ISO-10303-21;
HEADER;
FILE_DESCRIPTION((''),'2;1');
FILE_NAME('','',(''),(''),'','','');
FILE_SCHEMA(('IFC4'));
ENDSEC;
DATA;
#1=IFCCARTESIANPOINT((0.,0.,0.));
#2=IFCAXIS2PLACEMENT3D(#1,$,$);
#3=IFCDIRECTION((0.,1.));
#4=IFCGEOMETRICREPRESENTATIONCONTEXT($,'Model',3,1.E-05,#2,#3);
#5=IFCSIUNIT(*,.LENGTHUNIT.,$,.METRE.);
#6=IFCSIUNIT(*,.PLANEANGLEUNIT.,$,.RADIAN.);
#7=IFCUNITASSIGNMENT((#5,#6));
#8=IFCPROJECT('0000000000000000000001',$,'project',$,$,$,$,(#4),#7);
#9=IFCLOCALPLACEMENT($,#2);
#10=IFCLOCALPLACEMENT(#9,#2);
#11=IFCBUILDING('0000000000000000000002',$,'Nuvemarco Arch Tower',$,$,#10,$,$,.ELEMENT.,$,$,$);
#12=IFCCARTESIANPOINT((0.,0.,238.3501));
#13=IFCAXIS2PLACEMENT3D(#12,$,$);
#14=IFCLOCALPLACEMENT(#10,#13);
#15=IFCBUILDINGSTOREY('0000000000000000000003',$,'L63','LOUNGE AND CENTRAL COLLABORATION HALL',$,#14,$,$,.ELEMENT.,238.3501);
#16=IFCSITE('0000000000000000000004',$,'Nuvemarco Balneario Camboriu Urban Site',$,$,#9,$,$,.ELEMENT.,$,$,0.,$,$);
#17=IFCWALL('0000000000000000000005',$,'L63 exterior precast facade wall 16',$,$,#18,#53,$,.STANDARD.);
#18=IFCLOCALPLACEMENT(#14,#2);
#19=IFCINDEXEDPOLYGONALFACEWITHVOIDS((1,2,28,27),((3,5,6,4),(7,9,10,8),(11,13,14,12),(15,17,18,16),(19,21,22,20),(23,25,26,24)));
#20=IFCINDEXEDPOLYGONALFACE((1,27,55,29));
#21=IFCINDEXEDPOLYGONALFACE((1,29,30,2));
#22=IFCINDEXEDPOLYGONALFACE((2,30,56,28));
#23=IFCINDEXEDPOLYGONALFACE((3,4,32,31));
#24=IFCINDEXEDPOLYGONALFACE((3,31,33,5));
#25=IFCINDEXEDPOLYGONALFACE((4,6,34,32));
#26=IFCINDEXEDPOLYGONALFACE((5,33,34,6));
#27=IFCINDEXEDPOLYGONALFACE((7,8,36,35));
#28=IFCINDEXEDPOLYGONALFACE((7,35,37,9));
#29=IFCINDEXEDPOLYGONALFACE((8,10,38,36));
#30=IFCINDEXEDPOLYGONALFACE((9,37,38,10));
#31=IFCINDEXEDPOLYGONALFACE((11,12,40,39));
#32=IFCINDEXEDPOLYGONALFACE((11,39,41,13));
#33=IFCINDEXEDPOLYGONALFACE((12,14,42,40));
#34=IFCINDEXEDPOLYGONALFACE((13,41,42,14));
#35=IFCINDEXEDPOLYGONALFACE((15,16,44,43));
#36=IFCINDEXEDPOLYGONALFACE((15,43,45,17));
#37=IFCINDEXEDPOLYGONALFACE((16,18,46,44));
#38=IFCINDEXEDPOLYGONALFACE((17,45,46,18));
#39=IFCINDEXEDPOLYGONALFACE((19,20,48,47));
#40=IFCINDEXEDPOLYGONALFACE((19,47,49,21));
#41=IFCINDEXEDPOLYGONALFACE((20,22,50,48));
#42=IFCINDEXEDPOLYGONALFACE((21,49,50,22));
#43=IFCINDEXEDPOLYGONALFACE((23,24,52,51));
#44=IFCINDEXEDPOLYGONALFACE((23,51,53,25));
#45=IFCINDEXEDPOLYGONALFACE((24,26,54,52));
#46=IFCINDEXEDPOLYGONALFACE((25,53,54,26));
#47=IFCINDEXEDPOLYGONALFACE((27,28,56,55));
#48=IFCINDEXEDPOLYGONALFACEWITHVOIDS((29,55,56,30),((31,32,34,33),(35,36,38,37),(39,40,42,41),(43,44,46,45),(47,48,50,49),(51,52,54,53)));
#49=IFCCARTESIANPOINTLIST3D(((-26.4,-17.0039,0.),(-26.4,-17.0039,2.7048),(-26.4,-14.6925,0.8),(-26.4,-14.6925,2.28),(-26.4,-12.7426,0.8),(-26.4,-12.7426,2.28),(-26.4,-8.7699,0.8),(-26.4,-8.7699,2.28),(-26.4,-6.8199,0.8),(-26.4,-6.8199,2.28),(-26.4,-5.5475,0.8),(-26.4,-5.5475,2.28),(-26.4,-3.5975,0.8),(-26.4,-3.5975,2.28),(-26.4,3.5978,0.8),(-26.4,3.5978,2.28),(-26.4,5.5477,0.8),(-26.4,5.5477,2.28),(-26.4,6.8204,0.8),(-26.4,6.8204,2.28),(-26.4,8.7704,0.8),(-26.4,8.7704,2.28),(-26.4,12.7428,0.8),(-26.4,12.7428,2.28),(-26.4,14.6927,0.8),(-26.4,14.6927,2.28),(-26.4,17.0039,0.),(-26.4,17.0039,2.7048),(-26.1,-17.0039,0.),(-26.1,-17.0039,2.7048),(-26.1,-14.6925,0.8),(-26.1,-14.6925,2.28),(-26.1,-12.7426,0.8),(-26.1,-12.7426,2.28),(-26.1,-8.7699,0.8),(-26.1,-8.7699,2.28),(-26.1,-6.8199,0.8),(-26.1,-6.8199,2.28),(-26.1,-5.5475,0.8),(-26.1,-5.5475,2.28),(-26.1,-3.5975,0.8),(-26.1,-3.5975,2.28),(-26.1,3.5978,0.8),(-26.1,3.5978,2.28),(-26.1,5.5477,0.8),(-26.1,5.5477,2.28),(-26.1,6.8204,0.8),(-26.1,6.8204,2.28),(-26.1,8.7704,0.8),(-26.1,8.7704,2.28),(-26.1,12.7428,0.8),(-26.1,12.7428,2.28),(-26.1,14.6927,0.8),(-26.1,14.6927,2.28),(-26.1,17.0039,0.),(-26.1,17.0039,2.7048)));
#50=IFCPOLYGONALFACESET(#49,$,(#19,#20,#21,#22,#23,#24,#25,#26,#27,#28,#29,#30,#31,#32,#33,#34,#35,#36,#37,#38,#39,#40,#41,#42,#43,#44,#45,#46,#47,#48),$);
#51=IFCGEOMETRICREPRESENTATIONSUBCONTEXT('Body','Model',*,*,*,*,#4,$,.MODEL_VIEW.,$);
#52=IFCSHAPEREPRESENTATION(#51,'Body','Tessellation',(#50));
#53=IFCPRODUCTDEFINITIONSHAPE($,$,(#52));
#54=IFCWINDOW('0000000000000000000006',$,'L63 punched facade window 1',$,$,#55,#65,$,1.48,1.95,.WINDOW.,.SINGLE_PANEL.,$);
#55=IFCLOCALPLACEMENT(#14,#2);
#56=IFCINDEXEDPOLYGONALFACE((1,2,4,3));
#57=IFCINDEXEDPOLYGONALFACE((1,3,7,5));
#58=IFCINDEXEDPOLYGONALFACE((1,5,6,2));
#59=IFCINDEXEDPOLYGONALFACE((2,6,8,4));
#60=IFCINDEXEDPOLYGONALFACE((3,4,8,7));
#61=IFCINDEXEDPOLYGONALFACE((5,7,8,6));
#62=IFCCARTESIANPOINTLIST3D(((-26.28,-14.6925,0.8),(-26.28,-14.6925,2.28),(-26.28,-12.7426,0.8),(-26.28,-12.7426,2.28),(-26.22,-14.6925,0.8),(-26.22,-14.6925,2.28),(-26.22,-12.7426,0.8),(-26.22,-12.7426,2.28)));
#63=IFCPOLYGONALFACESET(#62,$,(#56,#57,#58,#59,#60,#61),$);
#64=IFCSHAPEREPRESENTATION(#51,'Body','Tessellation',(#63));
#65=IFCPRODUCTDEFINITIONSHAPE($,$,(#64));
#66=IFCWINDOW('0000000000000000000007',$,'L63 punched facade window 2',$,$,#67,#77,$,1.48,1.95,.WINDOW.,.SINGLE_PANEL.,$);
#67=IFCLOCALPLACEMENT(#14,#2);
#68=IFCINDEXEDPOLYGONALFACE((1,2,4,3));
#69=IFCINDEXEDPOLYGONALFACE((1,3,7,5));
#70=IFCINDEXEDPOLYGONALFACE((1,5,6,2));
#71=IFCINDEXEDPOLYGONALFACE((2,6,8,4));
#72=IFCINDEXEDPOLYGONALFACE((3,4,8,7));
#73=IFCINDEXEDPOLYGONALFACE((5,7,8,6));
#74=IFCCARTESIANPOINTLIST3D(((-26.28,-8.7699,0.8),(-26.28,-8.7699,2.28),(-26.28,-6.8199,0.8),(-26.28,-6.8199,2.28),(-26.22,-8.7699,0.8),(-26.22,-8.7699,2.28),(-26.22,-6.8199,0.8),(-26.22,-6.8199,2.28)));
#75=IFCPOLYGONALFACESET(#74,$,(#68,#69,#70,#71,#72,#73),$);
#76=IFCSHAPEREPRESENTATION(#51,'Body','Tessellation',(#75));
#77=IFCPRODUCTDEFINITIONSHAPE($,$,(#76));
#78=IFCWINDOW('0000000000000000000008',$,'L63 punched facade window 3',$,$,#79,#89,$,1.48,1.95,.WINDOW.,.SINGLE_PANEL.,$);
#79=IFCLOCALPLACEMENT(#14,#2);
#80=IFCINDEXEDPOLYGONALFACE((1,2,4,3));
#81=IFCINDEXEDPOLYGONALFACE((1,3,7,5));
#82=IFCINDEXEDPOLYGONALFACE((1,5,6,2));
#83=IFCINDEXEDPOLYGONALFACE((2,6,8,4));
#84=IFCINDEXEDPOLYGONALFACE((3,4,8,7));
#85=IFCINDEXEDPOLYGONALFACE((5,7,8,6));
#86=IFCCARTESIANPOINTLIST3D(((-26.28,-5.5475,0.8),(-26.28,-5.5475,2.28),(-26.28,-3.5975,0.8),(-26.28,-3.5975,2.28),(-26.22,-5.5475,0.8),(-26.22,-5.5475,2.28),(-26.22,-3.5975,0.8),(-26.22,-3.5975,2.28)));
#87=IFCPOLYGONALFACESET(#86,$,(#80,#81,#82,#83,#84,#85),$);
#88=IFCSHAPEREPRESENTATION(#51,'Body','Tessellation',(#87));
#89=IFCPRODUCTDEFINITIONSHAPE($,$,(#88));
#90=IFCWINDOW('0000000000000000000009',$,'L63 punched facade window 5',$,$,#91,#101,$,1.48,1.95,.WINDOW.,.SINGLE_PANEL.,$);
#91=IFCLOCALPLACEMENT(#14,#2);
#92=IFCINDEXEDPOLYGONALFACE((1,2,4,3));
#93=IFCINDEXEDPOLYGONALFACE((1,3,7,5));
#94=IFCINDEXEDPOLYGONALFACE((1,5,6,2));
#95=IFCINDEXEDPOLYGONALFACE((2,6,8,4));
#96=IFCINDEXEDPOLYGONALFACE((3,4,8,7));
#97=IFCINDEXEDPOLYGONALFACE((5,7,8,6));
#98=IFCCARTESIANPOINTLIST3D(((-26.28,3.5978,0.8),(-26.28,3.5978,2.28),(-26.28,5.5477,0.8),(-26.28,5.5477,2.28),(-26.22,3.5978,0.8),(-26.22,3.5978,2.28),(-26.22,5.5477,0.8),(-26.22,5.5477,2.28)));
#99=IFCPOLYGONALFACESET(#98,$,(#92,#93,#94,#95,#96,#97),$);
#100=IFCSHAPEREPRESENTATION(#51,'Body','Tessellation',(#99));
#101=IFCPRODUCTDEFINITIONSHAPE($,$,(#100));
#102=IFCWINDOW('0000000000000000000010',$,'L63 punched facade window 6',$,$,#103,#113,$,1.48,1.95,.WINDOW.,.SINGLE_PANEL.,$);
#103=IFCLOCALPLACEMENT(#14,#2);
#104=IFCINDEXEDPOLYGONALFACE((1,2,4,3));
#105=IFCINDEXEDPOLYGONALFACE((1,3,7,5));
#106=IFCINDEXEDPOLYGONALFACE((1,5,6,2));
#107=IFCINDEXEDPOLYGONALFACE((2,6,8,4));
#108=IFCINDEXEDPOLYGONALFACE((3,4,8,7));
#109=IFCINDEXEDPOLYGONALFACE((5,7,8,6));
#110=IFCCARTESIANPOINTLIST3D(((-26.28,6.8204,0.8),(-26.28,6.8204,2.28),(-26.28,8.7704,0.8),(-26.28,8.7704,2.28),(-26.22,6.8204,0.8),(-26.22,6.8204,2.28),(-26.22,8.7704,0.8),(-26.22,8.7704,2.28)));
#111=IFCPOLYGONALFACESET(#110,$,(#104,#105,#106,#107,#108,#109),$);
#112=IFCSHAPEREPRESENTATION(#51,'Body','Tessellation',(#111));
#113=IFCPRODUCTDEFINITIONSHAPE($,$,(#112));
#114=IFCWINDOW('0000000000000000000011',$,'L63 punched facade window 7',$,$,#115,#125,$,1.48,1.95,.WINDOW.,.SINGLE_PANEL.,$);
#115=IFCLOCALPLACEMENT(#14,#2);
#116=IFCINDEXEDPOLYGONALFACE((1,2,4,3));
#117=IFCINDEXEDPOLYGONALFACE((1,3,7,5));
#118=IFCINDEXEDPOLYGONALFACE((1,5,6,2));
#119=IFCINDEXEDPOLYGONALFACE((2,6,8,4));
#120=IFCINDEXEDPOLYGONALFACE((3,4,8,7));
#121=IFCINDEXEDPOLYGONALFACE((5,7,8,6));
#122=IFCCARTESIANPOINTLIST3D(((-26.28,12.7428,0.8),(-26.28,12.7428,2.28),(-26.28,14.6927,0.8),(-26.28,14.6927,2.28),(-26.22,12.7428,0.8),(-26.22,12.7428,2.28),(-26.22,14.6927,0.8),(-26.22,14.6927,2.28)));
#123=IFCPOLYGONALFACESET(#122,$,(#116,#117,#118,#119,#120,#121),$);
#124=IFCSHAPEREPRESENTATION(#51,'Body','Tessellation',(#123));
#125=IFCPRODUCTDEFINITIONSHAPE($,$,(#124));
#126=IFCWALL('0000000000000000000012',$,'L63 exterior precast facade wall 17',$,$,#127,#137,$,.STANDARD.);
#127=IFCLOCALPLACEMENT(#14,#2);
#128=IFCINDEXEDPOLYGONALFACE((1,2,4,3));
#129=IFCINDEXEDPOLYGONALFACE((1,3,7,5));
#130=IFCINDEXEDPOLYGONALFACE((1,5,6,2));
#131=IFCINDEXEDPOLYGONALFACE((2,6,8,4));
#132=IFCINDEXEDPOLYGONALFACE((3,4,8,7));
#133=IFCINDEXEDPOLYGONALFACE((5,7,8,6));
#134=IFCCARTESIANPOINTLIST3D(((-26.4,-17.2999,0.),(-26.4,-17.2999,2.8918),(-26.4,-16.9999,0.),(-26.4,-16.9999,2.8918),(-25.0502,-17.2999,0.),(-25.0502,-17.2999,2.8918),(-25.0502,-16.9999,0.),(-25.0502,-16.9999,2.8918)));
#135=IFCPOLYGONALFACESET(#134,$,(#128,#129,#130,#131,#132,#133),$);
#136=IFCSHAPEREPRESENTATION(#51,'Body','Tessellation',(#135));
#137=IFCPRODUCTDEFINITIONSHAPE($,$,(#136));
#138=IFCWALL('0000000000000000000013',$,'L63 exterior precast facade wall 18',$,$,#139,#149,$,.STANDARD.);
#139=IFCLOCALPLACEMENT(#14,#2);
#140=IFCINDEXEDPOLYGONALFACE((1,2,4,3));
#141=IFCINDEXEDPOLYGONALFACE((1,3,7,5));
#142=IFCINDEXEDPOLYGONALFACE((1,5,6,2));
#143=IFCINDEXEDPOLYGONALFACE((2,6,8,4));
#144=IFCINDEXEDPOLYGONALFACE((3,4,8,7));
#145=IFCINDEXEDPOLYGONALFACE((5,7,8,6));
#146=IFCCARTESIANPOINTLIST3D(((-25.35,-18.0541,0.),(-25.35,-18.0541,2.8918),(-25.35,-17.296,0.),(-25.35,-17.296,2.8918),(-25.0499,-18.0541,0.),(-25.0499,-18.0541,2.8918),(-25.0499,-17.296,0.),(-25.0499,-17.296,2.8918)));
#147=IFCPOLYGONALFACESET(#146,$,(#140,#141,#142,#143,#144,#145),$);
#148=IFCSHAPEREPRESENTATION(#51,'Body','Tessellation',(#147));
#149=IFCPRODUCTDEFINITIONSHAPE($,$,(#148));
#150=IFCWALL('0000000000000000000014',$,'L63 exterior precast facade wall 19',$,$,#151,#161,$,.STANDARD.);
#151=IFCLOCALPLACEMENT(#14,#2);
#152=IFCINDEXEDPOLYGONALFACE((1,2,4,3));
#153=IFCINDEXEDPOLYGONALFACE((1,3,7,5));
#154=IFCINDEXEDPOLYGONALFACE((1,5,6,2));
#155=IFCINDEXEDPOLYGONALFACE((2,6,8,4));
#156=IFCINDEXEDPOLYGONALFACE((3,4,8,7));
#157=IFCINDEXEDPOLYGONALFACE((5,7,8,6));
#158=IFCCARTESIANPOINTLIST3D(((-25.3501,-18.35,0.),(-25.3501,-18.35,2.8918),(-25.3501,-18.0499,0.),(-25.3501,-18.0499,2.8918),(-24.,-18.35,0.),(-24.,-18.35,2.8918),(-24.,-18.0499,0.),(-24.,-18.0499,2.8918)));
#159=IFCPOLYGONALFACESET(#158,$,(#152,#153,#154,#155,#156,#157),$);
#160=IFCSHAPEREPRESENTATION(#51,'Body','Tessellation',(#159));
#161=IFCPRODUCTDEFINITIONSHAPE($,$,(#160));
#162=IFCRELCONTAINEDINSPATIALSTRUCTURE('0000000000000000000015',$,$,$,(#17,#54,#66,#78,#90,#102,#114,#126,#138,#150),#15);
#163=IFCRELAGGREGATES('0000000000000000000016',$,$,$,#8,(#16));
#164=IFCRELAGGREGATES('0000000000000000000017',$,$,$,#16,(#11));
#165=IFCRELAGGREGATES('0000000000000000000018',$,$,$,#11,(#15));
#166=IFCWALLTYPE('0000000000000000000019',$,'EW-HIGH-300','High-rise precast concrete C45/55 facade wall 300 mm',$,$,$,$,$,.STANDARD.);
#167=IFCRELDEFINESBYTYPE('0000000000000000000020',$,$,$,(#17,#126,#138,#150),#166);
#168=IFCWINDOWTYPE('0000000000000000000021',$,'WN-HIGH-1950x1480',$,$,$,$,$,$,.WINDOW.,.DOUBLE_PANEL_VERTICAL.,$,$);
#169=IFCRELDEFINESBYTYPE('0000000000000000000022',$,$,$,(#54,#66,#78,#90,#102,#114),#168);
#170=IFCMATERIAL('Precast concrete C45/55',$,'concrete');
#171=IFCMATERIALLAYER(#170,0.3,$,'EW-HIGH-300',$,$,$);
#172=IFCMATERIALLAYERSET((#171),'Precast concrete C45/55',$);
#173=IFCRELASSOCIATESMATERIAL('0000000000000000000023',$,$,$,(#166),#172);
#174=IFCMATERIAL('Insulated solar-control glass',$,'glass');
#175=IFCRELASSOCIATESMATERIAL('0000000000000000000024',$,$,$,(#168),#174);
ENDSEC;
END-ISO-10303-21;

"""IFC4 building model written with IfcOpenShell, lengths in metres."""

from ifc_helpers import new_model, si_unit, direction, frame, frame_2d, origin, place, context, subcontext, project, spatial, rectangle, extrude, source, transform, mapped, material, layer, layer_set, type_object, type_shapes, element, fill, save


model = new_model("IFC4")

# Units and contexts
model_context = context("Model", 3, precision=1e-05, world=origin(), true_north=direction((0.0, 1.0)))
body_context = subcontext(model_context, "Body", "Model", "MODEL_VIEW")
ifc_project = project(units=[si_unit("LENGTHUNIT", "METRE"), si_unit("PLANEANGLEUNIT", "RADIAN")], contexts=[model_context])

# Site, building, storey
site_placement = place(None, origin())
site = spatial("IfcSite", under=ifc_project, at=site_placement, Name="Nuvemarco Balneario Camboriu Urban Site", CompositionType="ELEMENT", RefElevation=0.0)
building_placement = place(site_placement, origin())
building = spatial("IfcBuilding", under=site, at=building_placement, Name="Nuvemarco Arch Tower", CompositionType="ELEMENT")
storey_placement = place(building_placement, frame((0.0, 0.0, 238.3501)))
storey = spatial("IfcBuildingStorey", under=building, at=storey_placement, Name="L63", Description="LOUNGE AND CENTRAL COLLABORATION HALL", CompositionType="ELEMENT", Elevation=238.3501)

# Shared definitions
ifc_material_1 = material(Name="Precast concrete C45/55", Category="concrete")

# Wall, openings, windows
ifc_layer = layer(ifc_material_1, 0.3, Name="EW-HIGH-300")
ifc_layer_set = layer_set([ifc_layer], Name="Precast concrete C45/55")
wall_type = type_object("IfcWallType", Name="EW-HIGH-300", Description="High-rise precast concrete C45/55 facade wall 300 mm", PredefinedType="STANDARD", material=ifc_layer_set)
wall_1_placement = place(storey_placement, frame((-26.25, -17.0039, 0.0), z_axis=(0.0, 0.0, 1.0), x_axis=(0.0, 1.0, 0.0)))
wall_1 = element("IfcWall", 1, at=wall_1_placement, inside=storey, type_object=wall_type, Name="L63 exterior precast facade wall 16", PredefinedType="STANDARD", context=body_context, shape_type="SweptSolid", body=[
    extrude(rectangle(XDim=34.0078, YDim=0.3, at=frame_2d((17.0039, 0.0))), origin(), (0.0, 0.0, 1.0), 2.7048),
])
opening_1_placement = place(wall_1_placement, frame((2.3113, 0.0, 0.8)))
opening_1 = element("IfcOpeningElement", 2, at=opening_1_placement, cuts=wall_1, PredefinedType="OPENING", context=body_context, shape_type="SweptSolid", body=[
    extrude(rectangle(XDim=1.95, YDim=1.48, at=frame_2d((0.9751, 0.74))), frame((0.0, 0.1599, 0.0), z_axis=(0.0, -1.0, 0.0), x_axis=(1.0, 0.0, 0.0)), (0.0, 0.0, 1.0), 0.3201),
])
opening_2_placement = place(wall_1_placement, frame((8.2339, 0.0, 0.8)))
opening_2 = element("IfcOpeningElement", 3, at=opening_2_placement, cuts=wall_1, PredefinedType="OPENING", context=body_context, shape_type="SweptSolid", body=[
    extrude(rectangle(XDim=1.95, YDim=1.48, at=frame_2d((0.9751, 0.74))), frame((0.0, 0.1599, 0.0), z_axis=(0.0, -1.0, 0.0), x_axis=(1.0, 0.0, 0.0)), (0.0, 0.0, 1.0), 0.3201),
])
opening_3_placement = place(wall_1_placement, frame((11.4563, 0.0, 0.8)))
opening_3 = element("IfcOpeningElement", 4, at=opening_3_placement, cuts=wall_1, PredefinedType="OPENING", context=body_context, shape_type="SweptSolid", body=[
    extrude(rectangle(XDim=1.95, YDim=1.48, at=frame_2d((0.9751, 0.74))), frame((0.0, 0.1599, 0.0), z_axis=(0.0, -1.0, 0.0), x_axis=(1.0, 0.0, 0.0)), (0.0, 0.0, 1.0), 0.3201),
])
opening_4_placement = place(wall_1_placement, frame((20.6016, 0.0, 0.8)))
opening_4 = element("IfcOpeningElement", 5, at=opening_4_placement, cuts=wall_1, PredefinedType="OPENING", context=body_context, shape_type="SweptSolid", body=[
    extrude(rectangle(XDim=1.95, YDim=1.48, at=frame_2d((0.9751, 0.74))), frame((0.0, 0.1599, 0.0), z_axis=(0.0, -1.0, 0.0), x_axis=(1.0, 0.0, 0.0)), (0.0, 0.0, 1.0), 0.3201),
])
opening_5_placement = place(wall_1_placement, frame((23.8242, 0.0, 0.8)))
opening_5 = element("IfcOpeningElement", 6, at=opening_5_placement, cuts=wall_1, PredefinedType="OPENING", context=body_context, shape_type="SweptSolid", body=[
    extrude(rectangle(XDim=1.95, YDim=1.48, at=frame_2d((0.9751, 0.74))), frame((0.0, 0.1599, 0.0), z_axis=(0.0, -1.0, 0.0), x_axis=(1.0, 0.0, 0.0)), (0.0, 0.0, 1.0), 0.3201),
])
opening_6_placement = place(wall_1_placement, frame((29.7466, 0.0, 0.8)))
opening_6 = element("IfcOpeningElement", 7, at=opening_6_placement, cuts=wall_1, PredefinedType="OPENING", context=body_context, shape_type="SweptSolid", body=[
    extrude(rectangle(XDim=1.95, YDim=1.48, at=frame_2d((0.9751, 0.74))), frame((0.0, 0.1599, 0.0), z_axis=(0.0, -1.0, 0.0), x_axis=(1.0, 0.0, 0.0)), (0.0, 0.0, 1.0), 0.3201),
])
ifc_material_2 = material(Name="Insulated solar-control glass", Category="glass")
window_type = type_object("IfcWindowType", Name="WN-HIGH-1950x1480", PartitioningType="DOUBLE_PANEL_VERTICAL", PredefinedType="WINDOW", material=ifc_material_2)
shared_shape_1 = source(origin(), body_context, "Body", "SweptSolid", [
    extrude(rectangle(XDim=1.95, YDim=1.48, at=frame_2d((0.9751, 0.74))), frame((0.0, 0.03, 0.0), z_axis=(0.0, -1.0, 0.0), x_axis=(1.0, 0.0, 0.0)), (0.0, 0.0, 1.0), 0.0601),
])
type_shapes(window_type, [shared_shape_1])
window_1_placement = place(opening_1_placement, origin())
window_1 = element("IfcWindow", 8, at=window_1_placement, inside=storey, type_object=window_type, Name="L63 punched facade window 1", OverallHeight=1.48, OverallWidth=1.95, PartitioningType="SINGLE_PANEL", PredefinedType="WINDOW", context=body_context, shape_type="MappedRepresentation", body=[
    mapped(shared_shape_1, transform((0.0, 0.0, 0.0), scale=1.0)),
])
fill(opening_1, window_1)
window_2_placement = place(opening_2_placement, origin())
window_2 = element("IfcWindow", 9, at=window_2_placement, inside=storey, type_object=window_type, Name="L63 punched facade window 2", OverallHeight=1.48, OverallWidth=1.95, PartitioningType="SINGLE_PANEL", PredefinedType="WINDOW", context=body_context, shape_type="MappedRepresentation", body=[
    mapped(shared_shape_1, transform((0.0, 0.0, 0.0), scale=1.0)),
])
fill(opening_2, window_2)
window_3_placement = place(opening_3_placement, origin())
window_3 = element("IfcWindow", 10, at=window_3_placement, inside=storey, type_object=window_type, Name="L63 punched facade window 3", OverallHeight=1.48, OverallWidth=1.95, PartitioningType="SINGLE_PANEL", PredefinedType="WINDOW", context=body_context, shape_type="MappedRepresentation", body=[
    mapped(shared_shape_1, transform((0.0, 0.0, 0.0), scale=1.0)),
])
fill(opening_3, window_3)
window_4_placement = place(opening_4_placement, origin())
window_4 = element("IfcWindow", 11, at=window_4_placement, inside=storey, type_object=window_type, Name="L63 punched facade window 5", OverallHeight=1.48, OverallWidth=1.95, PartitioningType="SINGLE_PANEL", PredefinedType="WINDOW", context=body_context, shape_type="MappedRepresentation", body=[
    mapped(shared_shape_1, transform((0.0, 0.0, 0.0), scale=1.0)),
])
fill(opening_4, window_4)
window_5_placement = place(opening_5_placement, origin())
window_5 = element("IfcWindow", 12, at=window_5_placement, inside=storey, type_object=window_type, Name="L63 punched facade window 6", OverallHeight=1.48, OverallWidth=1.95, PartitioningType="SINGLE_PANEL", PredefinedType="WINDOW", context=body_context, shape_type="MappedRepresentation", body=[
    mapped(shared_shape_1, transform((0.0, 0.0, 0.0), scale=1.0)),
])
fill(opening_5, window_5)
window_6_placement = place(opening_6_placement, origin())
window_6 = element("IfcWindow", 13, at=window_6_placement, inside=storey, type_object=window_type, Name="L63 punched facade window 7", OverallHeight=1.48, OverallWidth=1.95, PartitioningType="SINGLE_PANEL", PredefinedType="WINDOW", context=body_context, shape_type="MappedRepresentation", body=[
    mapped(shared_shape_1, transform((0.0, 0.0, 0.0), scale=1.0)),
])
fill(opening_6, window_6)

# Walls
wall_2_placement = place(storey_placement, frame((-26.3999, -17.1499, 0.0), z_axis=(0.0, 0.0, 1.0), x_axis=(1.0, 0.0, 0.0)))
element("IfcWall", 14, at=wall_2_placement, inside=storey, type_object=wall_type, Name="L63 exterior precast facade wall 17", PredefinedType="STANDARD", context=body_context, shape_type="SweptSolid", body=[
    extrude(rectangle(XDim=1.3499, YDim=0.3, at=frame_2d((0.6748, 0.0))), origin(), (0.0, 0.0, 1.0), 2.8918),
])
wall_3_placement = place(storey_placement, frame((-25.2, -18.054, 0.0), z_axis=(0.0, 0.0, 1.0), x_axis=(0.0, 1.0, 0.0)))
element("IfcWall", 15, at=wall_3_placement, inside=storey, type_object=wall_type, Name="L63 exterior precast facade wall 18", PredefinedType="STANDARD", context=body_context, shape_type="SweptSolid", body=[
    extrude(rectangle(XDim=0.7581, YDim=0.3, at=frame_2d((0.3789, 0.0))), origin(), (0.0, 0.0, 1.0), 2.8918),
])
wall_4_placement = place(storey_placement, frame((-25.3501, -18.2, 0.0), z_axis=(0.0, 0.0, 1.0), x_axis=(1.0, 0.0, 0.0)))
element("IfcWall", 16, at=wall_4_placement, inside=storey, type_object=wall_type, Name="L63 exterior precast facade wall 19", PredefinedType="STANDARD", context=body_context, shape_type="SweptSolid", body=[
    extrude(rectangle(XDim=1.3501, YDim=0.3, at=frame_2d((0.675, 0.0))), origin(), (0.0, 0.0, 1.0), 2.8918),
])

save(model, "model.ifc")
